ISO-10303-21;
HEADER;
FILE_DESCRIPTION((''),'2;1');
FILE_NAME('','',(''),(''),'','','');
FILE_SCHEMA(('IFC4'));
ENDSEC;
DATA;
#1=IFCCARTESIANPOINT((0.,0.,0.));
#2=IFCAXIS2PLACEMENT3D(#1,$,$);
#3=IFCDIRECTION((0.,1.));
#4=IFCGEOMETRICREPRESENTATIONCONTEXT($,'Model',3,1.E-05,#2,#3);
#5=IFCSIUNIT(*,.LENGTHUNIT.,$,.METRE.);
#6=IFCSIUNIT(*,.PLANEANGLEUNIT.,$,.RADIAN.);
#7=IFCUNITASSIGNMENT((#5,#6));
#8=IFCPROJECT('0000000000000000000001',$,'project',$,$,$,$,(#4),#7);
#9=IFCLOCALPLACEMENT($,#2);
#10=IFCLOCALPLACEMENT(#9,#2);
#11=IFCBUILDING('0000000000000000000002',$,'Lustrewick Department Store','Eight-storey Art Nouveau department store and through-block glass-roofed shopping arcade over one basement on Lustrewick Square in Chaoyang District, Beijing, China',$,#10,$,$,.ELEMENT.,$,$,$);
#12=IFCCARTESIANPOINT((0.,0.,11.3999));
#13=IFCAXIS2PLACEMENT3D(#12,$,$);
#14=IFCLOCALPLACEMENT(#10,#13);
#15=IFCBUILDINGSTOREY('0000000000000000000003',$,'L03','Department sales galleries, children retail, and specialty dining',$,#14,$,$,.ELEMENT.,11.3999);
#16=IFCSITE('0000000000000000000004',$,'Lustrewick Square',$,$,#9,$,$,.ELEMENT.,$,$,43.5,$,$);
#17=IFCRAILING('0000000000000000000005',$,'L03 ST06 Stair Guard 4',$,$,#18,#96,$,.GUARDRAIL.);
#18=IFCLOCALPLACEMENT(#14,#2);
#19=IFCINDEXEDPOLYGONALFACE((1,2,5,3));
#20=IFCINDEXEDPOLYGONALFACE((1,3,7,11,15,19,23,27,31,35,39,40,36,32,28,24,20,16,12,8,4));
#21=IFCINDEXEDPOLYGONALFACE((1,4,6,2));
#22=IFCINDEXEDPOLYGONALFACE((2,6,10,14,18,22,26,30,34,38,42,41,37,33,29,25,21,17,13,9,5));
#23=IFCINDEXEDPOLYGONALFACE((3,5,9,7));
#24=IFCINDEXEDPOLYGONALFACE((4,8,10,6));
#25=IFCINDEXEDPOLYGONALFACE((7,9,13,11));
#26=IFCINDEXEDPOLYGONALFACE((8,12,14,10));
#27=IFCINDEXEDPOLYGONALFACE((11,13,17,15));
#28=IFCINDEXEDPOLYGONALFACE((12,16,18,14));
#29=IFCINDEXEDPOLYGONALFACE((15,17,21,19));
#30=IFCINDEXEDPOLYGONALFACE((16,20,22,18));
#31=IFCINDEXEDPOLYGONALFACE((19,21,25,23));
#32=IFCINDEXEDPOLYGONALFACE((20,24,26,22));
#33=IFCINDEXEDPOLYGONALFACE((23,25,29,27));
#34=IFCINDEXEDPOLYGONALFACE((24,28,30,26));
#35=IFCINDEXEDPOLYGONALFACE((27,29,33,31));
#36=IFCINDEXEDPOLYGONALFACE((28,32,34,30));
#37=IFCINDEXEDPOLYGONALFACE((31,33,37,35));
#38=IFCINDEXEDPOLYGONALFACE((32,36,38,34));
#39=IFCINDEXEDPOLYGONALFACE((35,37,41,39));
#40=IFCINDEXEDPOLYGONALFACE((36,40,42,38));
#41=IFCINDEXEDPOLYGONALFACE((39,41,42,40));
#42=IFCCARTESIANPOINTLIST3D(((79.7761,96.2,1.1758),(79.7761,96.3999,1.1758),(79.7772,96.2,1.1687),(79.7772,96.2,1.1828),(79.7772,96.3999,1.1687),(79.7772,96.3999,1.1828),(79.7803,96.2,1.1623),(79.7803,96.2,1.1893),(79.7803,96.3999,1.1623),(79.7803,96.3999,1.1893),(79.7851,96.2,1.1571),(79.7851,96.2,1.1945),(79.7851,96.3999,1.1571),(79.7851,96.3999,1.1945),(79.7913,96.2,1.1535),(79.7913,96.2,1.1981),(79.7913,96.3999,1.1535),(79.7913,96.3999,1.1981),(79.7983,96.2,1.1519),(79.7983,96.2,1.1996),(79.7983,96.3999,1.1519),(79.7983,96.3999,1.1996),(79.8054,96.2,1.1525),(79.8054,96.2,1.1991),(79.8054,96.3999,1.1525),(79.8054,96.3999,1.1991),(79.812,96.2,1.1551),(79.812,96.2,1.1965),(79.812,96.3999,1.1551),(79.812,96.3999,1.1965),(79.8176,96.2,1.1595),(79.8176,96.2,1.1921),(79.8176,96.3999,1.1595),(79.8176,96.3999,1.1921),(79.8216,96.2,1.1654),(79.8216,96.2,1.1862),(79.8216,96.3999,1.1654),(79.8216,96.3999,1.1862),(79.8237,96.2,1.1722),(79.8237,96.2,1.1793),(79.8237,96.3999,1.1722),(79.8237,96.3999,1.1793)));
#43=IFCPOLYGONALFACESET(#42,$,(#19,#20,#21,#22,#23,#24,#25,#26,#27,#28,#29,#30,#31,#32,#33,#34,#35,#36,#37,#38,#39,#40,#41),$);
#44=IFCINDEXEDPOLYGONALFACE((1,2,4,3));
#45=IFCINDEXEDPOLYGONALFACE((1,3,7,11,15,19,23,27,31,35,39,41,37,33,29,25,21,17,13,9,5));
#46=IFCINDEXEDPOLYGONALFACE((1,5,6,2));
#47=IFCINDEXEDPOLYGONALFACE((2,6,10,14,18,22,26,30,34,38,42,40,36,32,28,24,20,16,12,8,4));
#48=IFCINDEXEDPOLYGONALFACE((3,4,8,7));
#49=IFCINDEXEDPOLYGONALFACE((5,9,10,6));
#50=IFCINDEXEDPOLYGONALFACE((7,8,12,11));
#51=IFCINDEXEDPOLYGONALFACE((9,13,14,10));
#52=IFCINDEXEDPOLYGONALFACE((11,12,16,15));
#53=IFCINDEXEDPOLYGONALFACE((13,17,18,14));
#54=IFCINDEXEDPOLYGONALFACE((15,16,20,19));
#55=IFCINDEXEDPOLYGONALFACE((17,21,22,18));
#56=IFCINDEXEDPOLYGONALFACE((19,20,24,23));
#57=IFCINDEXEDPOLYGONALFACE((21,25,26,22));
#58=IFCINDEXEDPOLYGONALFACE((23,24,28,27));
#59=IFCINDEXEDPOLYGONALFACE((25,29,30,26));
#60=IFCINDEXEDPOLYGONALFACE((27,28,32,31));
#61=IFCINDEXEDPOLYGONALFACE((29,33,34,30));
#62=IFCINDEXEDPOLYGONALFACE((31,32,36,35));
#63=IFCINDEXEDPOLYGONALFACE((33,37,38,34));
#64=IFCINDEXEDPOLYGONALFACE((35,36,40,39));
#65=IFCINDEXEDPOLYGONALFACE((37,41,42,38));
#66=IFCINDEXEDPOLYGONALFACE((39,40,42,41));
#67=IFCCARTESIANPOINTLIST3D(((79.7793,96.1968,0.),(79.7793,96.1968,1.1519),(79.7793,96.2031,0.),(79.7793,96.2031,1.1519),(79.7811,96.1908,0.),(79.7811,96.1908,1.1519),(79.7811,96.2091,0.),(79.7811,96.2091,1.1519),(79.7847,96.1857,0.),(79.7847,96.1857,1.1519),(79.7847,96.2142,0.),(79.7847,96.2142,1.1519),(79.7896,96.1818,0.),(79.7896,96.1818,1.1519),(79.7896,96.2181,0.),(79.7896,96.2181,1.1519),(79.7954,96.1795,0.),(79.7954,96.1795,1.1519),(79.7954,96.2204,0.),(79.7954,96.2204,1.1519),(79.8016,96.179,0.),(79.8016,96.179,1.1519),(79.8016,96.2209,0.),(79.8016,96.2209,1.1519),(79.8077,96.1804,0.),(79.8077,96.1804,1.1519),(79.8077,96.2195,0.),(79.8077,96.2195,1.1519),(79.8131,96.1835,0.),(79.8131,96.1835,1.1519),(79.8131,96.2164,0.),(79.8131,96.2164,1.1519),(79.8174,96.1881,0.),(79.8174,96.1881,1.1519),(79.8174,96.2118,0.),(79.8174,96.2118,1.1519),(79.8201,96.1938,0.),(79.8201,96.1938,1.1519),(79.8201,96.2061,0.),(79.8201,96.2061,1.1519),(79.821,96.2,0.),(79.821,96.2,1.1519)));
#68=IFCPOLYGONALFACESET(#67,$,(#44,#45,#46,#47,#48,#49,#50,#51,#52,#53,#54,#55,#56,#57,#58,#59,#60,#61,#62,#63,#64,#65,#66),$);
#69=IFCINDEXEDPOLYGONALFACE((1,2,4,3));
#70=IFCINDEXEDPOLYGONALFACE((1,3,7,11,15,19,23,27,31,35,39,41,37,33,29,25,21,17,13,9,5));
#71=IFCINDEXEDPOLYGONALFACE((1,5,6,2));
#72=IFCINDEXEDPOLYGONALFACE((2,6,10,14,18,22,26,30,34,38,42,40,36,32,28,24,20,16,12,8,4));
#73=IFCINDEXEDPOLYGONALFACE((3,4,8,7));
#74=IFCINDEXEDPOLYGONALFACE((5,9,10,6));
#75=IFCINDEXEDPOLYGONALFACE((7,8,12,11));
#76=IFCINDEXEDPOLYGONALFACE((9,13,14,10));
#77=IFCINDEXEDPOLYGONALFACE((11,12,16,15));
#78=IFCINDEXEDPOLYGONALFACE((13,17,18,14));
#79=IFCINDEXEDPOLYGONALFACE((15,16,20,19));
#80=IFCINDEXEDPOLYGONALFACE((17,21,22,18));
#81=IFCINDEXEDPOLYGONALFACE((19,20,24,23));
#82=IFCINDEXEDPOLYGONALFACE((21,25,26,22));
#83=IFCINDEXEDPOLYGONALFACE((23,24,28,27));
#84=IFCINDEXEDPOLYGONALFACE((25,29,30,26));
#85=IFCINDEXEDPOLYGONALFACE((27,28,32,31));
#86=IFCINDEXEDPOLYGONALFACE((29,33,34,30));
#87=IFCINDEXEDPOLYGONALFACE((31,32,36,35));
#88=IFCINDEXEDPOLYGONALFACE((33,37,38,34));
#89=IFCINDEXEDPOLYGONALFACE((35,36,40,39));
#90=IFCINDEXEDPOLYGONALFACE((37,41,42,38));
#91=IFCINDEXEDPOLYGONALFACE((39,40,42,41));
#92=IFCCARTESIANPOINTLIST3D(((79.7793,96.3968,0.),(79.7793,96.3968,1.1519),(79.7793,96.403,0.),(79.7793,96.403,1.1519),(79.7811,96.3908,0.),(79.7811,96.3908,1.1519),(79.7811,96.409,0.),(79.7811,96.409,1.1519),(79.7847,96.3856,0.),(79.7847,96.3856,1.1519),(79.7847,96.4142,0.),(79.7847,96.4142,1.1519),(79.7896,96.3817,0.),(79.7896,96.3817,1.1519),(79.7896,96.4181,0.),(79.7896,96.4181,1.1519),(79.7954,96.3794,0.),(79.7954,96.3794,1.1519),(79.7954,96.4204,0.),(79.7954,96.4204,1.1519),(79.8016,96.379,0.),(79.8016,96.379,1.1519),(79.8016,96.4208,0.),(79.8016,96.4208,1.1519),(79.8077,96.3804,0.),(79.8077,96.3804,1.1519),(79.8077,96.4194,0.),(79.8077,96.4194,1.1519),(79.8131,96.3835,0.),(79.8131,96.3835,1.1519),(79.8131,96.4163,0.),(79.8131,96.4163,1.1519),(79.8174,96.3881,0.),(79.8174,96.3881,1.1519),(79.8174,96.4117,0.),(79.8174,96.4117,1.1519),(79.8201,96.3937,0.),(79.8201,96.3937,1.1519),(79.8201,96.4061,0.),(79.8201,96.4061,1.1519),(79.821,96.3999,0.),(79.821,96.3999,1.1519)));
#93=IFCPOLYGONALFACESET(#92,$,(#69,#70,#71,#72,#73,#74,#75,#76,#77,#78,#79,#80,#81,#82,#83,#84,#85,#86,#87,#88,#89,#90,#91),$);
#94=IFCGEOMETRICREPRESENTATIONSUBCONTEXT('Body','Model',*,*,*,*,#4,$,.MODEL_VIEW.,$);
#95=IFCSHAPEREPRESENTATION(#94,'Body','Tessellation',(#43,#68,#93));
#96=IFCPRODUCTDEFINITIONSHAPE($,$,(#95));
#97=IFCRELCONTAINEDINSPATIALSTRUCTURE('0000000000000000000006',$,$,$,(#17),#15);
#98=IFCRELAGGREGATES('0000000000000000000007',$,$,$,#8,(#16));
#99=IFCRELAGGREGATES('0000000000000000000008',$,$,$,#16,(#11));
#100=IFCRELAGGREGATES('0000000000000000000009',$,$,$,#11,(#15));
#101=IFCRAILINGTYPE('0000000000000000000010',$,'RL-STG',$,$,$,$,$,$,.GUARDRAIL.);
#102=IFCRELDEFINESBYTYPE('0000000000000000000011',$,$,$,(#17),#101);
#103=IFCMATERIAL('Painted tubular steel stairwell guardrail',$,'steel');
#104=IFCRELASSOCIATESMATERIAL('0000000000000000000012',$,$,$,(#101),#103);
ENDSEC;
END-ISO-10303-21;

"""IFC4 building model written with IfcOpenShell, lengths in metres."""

from ifc_helpers import new_model, si_unit, direction, frame, origin, origin_2d, place, context, subcontext, project, spatial, circle, extrude, material, type_object, element, save


model = new_model("IFC4")

# Units and contexts
model_context = context("Model", 3, precision=1e-05, world=origin(), true_north=direction((0.0, 1.0)))
body_context = subcontext(model_context, "Body", "Model", "MODEL_VIEW")
ifc_project = project(units=[si_unit("LENGTHUNIT", "METRE"), si_unit("PLANEANGLEUNIT", "RADIAN")], contexts=[model_context])

# Site, building, storey
site_placement = place(None, origin())
site = spatial("IfcSite", under=ifc_project, at=site_placement, Name="Lustrewick Square", CompositionType="ELEMENT", RefElevation=43.5)
building_placement = place(site_placement, origin())
building = spatial("IfcBuilding", under=site, at=building_placement, Name="Lustrewick Department Store", Description="Eight-storey Art Nouveau department store and through-block glass-roofed shopping arcade over one basement on Lustrewick Square in Chaoyang District, Beijing, China", CompositionType="ELEMENT")
storey_placement = place(building_placement, frame((0.0, 0.0, 11.3999)))
storey = spatial("IfcBuildingStorey", under=building, at=storey_placement, Name="L03", Description="Department sales galleries, children retail, and specialty dining", CompositionType="ELEMENT", Elevation=11.3999)

# Railing
ifc_material_1 = material(Name="Painted tubular steel stairwell guardrail", Category="steel")
railing_type_1 = type_object("IfcRailingType", Name="RL-STG", PredefinedType="GUARDRAIL", material=ifc_material_1)
railing_1_placement = place(storey_placement, frame((79.8, 96.2, 0.0)))
element("IfcRailing", 1, at=railing_1_placement, inside=storey, type_object=railing_type_1, Name="L03 ST06 Stair Guard 4", PredefinedType="GUARDRAIL", context=body_context, shape_type="SweptSolid", body=[
    extrude(circle(Radius=0.0239, at=origin_2d()), frame((0.0, 0.0, 1.1758), z_axis=(0.0, 1.0, 0.0), x_axis=(-1.0, 0.0, 0.0)), (0.0, 0.0, 1.0), 0.2),
    extrude(circle(Radius=0.021, at=origin_2d()), origin(), (0.0, 0.0, 1.0), 1.1519),
    extrude(circle(Radius=0.021, at=origin_2d()), frame((0.0, 0.2, 0.0)), (0.0, 0.0, 1.0), 1.1519),
])

save(model, "model.ifc")
